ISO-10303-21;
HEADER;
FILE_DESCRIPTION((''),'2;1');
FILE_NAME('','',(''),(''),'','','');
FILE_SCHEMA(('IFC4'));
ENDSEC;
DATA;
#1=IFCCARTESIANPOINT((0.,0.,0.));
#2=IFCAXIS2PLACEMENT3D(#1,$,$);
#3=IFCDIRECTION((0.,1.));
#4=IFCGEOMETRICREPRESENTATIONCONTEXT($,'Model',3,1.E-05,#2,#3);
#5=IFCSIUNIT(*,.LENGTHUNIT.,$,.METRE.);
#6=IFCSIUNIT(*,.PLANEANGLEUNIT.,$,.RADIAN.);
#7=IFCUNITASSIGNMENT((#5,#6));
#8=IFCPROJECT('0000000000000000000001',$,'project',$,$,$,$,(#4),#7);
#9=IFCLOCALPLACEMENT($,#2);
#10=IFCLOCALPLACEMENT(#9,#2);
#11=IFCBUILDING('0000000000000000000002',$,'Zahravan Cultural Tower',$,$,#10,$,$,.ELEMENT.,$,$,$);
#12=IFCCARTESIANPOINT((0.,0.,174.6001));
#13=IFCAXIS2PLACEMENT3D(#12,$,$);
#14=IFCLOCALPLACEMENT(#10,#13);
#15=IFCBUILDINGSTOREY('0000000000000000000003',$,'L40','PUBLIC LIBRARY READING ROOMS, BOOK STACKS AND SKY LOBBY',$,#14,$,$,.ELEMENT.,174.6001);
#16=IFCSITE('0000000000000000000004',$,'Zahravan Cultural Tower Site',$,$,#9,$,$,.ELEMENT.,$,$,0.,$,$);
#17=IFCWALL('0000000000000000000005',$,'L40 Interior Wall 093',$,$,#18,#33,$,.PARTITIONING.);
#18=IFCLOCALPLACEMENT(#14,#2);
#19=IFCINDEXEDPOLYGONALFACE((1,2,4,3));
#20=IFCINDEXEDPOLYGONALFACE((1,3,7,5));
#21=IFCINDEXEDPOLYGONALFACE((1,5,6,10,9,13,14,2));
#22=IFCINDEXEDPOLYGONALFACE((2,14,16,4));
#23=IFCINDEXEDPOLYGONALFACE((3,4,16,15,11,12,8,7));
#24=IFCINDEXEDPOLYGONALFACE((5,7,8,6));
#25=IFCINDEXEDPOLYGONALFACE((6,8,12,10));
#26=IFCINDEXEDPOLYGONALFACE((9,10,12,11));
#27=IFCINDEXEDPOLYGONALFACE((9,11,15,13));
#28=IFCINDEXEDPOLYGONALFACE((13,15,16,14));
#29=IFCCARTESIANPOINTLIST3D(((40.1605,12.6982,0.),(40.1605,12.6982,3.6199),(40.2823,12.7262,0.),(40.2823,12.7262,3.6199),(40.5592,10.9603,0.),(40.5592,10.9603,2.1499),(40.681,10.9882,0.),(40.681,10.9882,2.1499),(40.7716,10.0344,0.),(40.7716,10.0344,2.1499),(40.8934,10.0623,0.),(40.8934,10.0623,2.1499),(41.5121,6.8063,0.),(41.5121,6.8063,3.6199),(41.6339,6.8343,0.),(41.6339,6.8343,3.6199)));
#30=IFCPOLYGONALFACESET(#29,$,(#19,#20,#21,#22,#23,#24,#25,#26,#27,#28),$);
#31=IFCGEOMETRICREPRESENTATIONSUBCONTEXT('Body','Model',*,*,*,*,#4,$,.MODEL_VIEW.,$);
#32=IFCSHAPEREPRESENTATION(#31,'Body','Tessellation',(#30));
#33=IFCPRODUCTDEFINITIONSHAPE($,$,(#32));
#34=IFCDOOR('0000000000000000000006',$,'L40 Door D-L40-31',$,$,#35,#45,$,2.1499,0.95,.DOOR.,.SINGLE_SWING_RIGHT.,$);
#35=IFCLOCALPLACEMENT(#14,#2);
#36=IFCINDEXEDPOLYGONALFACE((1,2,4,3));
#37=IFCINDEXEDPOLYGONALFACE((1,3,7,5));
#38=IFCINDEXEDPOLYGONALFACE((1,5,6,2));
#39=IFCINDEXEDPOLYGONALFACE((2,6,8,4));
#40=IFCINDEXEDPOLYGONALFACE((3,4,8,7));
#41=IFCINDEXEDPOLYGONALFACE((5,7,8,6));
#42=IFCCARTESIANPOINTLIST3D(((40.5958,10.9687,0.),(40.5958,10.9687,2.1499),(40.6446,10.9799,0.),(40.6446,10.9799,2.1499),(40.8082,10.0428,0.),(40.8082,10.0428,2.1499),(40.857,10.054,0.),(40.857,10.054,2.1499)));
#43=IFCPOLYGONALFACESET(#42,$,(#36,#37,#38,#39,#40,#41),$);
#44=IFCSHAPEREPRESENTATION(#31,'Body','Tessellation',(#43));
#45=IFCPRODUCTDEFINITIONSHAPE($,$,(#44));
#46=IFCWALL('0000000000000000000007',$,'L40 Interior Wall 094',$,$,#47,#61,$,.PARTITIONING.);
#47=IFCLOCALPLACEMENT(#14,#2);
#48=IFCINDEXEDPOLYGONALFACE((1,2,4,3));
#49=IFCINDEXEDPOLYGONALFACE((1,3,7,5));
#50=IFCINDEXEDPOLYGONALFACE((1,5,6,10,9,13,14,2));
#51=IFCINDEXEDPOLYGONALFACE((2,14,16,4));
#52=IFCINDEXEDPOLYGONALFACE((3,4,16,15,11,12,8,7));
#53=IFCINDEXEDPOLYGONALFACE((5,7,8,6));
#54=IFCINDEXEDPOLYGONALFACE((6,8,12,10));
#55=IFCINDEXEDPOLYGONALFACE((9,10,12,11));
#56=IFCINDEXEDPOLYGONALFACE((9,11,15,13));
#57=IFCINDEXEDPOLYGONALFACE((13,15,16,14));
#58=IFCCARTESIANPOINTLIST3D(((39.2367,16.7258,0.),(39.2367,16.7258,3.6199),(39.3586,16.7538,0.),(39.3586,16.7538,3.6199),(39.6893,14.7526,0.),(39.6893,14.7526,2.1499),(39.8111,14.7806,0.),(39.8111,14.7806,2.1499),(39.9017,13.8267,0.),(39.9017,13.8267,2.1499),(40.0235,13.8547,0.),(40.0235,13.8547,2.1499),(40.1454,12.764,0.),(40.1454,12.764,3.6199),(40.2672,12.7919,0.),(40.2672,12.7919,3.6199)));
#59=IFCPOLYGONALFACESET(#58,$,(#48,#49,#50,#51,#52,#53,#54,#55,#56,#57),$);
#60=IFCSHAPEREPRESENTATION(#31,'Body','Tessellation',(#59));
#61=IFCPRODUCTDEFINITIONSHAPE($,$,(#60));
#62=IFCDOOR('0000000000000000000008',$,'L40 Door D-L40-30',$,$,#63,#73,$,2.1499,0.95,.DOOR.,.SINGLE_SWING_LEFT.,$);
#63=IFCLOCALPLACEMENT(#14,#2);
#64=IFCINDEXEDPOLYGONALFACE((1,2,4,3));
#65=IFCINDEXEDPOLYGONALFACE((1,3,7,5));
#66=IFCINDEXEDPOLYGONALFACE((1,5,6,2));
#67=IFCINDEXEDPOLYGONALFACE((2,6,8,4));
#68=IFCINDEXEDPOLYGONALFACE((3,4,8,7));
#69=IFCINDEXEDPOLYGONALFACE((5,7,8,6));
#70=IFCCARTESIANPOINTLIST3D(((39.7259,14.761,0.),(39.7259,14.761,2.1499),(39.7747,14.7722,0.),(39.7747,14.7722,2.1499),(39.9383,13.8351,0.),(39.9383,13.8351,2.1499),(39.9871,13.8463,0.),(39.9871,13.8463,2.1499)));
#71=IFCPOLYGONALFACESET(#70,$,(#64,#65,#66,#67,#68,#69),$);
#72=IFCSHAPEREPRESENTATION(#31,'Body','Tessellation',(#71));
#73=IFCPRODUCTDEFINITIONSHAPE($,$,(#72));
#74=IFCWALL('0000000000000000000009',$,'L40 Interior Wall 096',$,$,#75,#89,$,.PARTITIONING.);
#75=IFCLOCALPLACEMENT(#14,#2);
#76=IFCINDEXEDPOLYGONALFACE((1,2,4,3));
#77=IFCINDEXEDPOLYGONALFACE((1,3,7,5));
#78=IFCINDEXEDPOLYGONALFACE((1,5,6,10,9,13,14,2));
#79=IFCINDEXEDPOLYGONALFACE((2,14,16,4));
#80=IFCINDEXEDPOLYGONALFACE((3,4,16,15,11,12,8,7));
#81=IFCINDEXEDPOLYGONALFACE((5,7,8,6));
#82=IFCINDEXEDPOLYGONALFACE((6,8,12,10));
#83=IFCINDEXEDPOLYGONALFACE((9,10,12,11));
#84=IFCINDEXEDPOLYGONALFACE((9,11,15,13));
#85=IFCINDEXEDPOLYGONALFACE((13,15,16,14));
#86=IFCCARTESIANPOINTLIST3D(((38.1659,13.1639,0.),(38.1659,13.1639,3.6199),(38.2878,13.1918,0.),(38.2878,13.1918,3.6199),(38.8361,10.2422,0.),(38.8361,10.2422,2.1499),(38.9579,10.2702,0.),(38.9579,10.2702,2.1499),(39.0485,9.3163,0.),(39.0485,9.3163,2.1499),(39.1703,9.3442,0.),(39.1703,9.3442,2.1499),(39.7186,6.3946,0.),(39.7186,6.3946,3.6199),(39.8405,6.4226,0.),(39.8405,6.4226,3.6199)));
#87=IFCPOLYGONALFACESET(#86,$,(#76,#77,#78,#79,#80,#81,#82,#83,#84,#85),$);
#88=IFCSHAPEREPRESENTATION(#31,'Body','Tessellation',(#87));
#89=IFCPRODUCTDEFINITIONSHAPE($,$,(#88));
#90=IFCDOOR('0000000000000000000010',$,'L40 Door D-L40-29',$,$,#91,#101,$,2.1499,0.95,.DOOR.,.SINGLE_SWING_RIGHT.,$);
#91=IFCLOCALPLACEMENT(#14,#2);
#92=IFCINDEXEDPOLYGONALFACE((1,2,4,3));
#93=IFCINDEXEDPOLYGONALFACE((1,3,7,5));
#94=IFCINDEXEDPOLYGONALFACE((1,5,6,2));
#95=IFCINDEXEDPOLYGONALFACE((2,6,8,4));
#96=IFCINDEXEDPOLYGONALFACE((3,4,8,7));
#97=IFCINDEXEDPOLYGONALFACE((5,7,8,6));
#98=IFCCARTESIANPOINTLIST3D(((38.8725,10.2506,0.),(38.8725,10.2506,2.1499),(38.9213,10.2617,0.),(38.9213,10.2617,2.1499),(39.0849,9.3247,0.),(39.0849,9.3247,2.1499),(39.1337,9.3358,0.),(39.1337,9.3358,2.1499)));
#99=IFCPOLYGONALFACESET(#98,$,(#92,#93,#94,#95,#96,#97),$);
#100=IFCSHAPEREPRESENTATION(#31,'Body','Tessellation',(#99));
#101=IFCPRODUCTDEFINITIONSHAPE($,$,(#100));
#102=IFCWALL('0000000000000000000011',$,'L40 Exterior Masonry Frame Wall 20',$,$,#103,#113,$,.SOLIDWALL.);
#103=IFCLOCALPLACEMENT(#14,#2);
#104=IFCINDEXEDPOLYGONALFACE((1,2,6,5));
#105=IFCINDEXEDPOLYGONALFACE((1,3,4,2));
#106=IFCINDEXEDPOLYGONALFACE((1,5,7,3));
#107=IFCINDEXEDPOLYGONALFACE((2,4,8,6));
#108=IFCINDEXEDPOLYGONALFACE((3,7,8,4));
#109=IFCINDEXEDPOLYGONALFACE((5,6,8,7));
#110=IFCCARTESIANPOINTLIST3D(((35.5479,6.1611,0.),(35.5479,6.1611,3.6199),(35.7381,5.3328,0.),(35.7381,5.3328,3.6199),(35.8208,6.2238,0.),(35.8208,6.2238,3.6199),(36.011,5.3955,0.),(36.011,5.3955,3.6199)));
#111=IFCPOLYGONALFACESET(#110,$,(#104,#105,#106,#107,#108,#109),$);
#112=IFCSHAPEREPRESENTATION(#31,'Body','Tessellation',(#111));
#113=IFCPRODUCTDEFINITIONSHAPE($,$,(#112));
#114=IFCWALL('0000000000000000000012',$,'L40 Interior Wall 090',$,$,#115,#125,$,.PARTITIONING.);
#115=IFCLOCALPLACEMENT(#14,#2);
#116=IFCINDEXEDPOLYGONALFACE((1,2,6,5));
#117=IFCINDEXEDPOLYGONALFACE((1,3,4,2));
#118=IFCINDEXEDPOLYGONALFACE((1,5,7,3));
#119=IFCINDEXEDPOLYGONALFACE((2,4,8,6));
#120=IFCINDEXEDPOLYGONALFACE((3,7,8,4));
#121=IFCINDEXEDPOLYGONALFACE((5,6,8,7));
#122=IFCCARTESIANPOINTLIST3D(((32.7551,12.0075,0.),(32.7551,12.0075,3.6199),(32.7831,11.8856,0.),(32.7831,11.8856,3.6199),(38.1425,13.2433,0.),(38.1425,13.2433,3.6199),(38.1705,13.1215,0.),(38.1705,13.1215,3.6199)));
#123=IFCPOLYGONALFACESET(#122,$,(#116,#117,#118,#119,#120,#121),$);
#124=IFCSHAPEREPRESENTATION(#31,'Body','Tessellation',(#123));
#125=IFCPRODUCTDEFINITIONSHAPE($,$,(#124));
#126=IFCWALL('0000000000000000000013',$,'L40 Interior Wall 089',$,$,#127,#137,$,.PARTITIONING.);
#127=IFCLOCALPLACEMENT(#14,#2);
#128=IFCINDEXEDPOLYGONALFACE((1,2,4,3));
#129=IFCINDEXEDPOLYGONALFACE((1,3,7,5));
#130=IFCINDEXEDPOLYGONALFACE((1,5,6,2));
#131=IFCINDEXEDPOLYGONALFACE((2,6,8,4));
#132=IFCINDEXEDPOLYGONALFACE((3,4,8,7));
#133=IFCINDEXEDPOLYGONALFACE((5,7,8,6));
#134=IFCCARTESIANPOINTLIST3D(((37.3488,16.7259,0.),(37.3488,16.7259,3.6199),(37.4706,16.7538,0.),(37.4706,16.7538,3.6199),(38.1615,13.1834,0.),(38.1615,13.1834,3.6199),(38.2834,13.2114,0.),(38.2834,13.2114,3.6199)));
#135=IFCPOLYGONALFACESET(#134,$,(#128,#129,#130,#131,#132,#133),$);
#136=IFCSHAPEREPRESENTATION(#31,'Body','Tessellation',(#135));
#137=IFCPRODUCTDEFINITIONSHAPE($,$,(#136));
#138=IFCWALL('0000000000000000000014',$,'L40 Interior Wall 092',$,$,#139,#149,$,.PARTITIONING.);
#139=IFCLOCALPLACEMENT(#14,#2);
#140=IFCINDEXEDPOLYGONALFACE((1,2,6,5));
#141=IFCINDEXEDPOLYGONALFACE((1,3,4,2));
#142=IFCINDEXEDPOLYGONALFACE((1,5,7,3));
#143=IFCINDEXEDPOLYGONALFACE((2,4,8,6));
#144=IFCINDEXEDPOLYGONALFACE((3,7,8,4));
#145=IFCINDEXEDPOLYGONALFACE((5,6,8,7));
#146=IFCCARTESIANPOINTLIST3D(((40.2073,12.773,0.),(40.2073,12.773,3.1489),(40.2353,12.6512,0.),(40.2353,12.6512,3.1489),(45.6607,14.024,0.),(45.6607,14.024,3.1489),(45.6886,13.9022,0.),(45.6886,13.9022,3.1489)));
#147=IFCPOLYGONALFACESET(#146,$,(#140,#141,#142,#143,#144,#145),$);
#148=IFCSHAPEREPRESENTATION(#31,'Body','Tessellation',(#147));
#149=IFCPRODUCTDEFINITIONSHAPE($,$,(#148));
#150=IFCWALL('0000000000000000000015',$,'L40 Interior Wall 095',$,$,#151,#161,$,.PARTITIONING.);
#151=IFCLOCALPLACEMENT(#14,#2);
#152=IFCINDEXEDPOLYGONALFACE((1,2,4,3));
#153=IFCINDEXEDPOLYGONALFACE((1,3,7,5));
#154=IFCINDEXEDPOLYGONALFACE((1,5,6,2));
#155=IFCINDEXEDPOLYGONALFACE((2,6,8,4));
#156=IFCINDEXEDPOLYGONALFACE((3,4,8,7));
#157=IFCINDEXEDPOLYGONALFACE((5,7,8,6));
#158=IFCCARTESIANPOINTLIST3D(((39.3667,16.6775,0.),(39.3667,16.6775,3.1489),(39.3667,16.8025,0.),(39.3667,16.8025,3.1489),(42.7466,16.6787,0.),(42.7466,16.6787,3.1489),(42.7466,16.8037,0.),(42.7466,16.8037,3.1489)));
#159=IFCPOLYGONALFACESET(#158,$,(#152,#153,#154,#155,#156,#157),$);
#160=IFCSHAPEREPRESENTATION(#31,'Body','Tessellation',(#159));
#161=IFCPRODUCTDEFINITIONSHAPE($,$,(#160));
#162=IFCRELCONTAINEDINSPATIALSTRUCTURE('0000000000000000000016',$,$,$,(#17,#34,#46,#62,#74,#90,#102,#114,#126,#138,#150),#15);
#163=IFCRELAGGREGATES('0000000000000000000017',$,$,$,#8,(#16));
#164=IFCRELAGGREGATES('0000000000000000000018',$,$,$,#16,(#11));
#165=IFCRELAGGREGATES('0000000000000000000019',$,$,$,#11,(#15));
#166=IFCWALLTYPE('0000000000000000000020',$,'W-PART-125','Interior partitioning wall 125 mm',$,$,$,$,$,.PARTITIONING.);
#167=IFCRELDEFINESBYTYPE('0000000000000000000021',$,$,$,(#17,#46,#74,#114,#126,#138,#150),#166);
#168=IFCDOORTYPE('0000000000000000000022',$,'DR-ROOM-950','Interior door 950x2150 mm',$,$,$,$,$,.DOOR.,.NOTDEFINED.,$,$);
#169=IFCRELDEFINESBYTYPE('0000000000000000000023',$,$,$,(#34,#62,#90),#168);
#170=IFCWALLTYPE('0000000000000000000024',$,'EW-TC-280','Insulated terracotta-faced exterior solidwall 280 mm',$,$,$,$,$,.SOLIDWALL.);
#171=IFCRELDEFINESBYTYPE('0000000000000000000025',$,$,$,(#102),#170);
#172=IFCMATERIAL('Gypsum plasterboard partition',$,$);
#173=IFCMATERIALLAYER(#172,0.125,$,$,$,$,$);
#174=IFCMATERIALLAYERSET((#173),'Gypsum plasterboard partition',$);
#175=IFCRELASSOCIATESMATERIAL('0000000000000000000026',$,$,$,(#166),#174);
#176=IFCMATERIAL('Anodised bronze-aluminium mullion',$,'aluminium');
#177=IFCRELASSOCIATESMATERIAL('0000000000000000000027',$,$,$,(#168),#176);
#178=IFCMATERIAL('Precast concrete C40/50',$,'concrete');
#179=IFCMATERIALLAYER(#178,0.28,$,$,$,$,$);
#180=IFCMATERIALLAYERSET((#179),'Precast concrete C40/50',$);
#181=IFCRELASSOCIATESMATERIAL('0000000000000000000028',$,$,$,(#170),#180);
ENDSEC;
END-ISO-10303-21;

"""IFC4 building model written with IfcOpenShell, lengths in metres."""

from ifc_helpers import new_model, si_unit, direction, frame, frame_2d, origin, place, context, subcontext, project, spatial, rectangle, extrude, source, transform, mapped, material, layer, layer_set, type_object, element, fill, save


model = new_model("IFC4")

# Units and contexts
model_context = context("Model", 3, precision=1e-05, world=origin(), true_north=direction((0.0, 1.0)))
body_context = subcontext(model_context, "Body", "Model", "MODEL_VIEW")
ifc_project = project(units=[si_unit("LENGTHUNIT", "METRE"), si_unit("PLANEANGLEUNIT", "RADIAN")], contexts=[model_context])

# Site, building, storey
site_placement = place(None, origin())
site = spatial("IfcSite", under=ifc_project, at=site_placement, Name="Zahravan Cultural Tower Site", CompositionType="ELEMENT", RefElevation=0.0)
building_placement = place(site_placement, origin())
building = spatial("IfcBuilding", under=site, at=building_placement, Name="Zahravan Cultural Tower", CompositionType="ELEMENT")
storey_placement = place(building_placement, frame((0.0, 0.0, 174.6001)))
storey = spatial("IfcBuildingStorey", under=building, at=storey_placement, Name="L40", Description="PUBLIC LIBRARY READING ROOMS, BOOK STACKS AND SKY LOBBY", CompositionType="ELEMENT", Elevation=174.6001)

# Walls, openings, doors
ifc_material_1 = material(Name="Gypsum plasterboard partition")
ifc_layer_1 = layer(ifc_material_1, 0.125)
ifc_layer_set_1 = layer_set([ifc_layer_1], Name="Gypsum plasterboard partition")
wall_type_1 = type_object("IfcWallType", Name="W-PART-125", Description="Interior partitioning wall 125 mm", PredefinedType="PARTITIONING", material=ifc_layer_set_1)
wall_1_placement = place(storey_placement, frame((41.573, 6.8203, 0.0), z_axis=(0.0, 0.0, 1.0), x_axis=(-0.223588, 0.974684, 0.0)))
wall_1 = element("IfcWall", 1, at=wall_1_placement, inside=storey, type_object=wall_type_1, Name="L40 Interior Wall 093", PredefinedType="PARTITIONING", context=body_context, shape_type="SweptSolid", body=[
    extrude(rectangle(XDim=6.0449, YDim=0.125, at=frame_2d((3.0225, 0.0))), origin(), (0.0, 0.0, 1.0), 3.6199),
])
opening_1_placement = place(wall_1_placement, frame((3.3118, 0.0, 0.0)))
opening_1 = element("IfcOpeningElement", 2, at=opening_1_placement, cuts=wall_1, PredefinedType="OPENING", context=body_context, shape_type="SweptSolid", body=[
    extrude(rectangle(XDim=0.95, YDim=2.1499, at=frame_2d((0.4751, 1.075))), frame((0.0, 0.0725, 0.0), z_axis=(0.0, -1.0, 0.0), x_axis=(1.0, 0.0, 0.0)), (0.0, 0.0, 1.0), 0.145),
])
ifc_material_2 = material(Name="Anodised bronze-aluminium mullion", Category="aluminium")
door_type_1 = type_object("IfcDoorType", Name="DR-ROOM-950", Description="Interior door 950x2150 mm", OperationType="NOTDEFINED", PredefinedType="DOOR", material=ifc_material_2)
shared_shape_1 = source(origin(), body_context, "Body", "SweptSolid", [
    extrude(rectangle(XDim=0.95, YDim=2.1499, at=frame_2d((0.4751, 1.075))), frame((0.0, 0.0249, 0.0), z_axis=(0.0, -1.0, 0.0), x_axis=(1.0, 0.0, 0.0)), (0.0, 0.0, 1.0), 0.05),
])
door_1_placement = place(opening_1_placement, origin())
door_1 = element("IfcDoor", 3, at=door_1_placement, inside=storey, type_object=door_type_1, Name="L40 Door D-L40-31", OperationType="SINGLE_SWING_RIGHT", OverallHeight=2.1499, OverallWidth=0.95, PredefinedType="DOOR", context=body_context, shape_type="MappedRepresentation", body=[
    mapped(shared_shape_1, transform((0.0, 0.0, 0.0), x_axis=(1.0, 0.0, 0.0), y_axis=(0.0, 1.0, 0.0), z_axis=(0.0, 0.0, 1.0), scale=1.0)),
])
fill(opening_1, door_1)
wall_2_placement = place(storey_placement, frame((40.2063, 12.7781, 0.0), z_axis=(0.0, 0.0, 1.0), x_axis=(-0.223552, 0.974692, 0.0)))
wall_2 = element("IfcWall", 4, at=wall_2_placement, inside=storey, type_object=wall_type_1, Name="L40 Interior Wall 094", PredefinedType="PARTITIONING", context=body_context, shape_type="SweptSolid", body=[
    extrude(rectangle(XDim=4.0647, YDim=0.125, at=frame_2d((2.0322, 0.0))), origin(), (0.0, 0.0, 1.0), 3.6199),
])
opening_2_placement = place(wall_2_placement, frame((1.0901, 0.0, 0.0)))
opening_2 = element("IfcOpeningElement", 5, at=opening_2_placement, cuts=wall_2, PredefinedType="OPENING", context=body_context, shape_type="SweptSolid", body=[
    extrude(rectangle(XDim=0.95, YDim=2.1499, at=frame_2d((0.4751, 1.075))), frame((0.0, 0.0725, 0.0), z_axis=(0.0, -1.0, 0.0), x_axis=(1.0, 0.0, 0.0)), (0.0, 0.0, 1.0), 0.145),
])
door_2_placement = place(opening_2_placement, origin())
door_2 = element("IfcDoor", 6, at=door_2_placement, inside=storey, type_object=door_type_1, Name="L40 Door D-L40-30", OperationType="SINGLE_SWING_LEFT", OverallHeight=2.1499, OverallWidth=0.95, PredefinedType="DOOR", context=body_context, shape_type="MappedRepresentation", body=[
    mapped(shared_shape_1, transform((0.0, 0.0, 0.0), x_axis=(1.0, 0.0, 0.0), y_axis=(0.0, 1.0, 0.0), z_axis=(0.0, 0.0, 1.0), scale=1.0)),
])
fill(opening_2, door_2)
wall_3_placement = place(storey_placement, frame((38.2268, 13.178, 0.0), z_axis=(0.0, 0.0, 1.0), x_axis=(0.223573, -0.974687, 0.0)))
wall_3 = element("IfcWall", 7, at=wall_3_placement, inside=storey, type_object=wall_type_1, Name="L40 Interior Wall 096", PredefinedType="PARTITIONING", context=body_context, shape_type="SweptSolid", body=[
    extrude(rectangle(XDim=6.9451, YDim=0.125, at=frame_2d((3.4727, 0.0))), origin(), (0.0, 0.0, 1.0), 3.6199),
])
opening_3_placement = place(wall_3_placement, frame((2.9976, 0.0, 0.0)))
opening_3 = element("IfcOpeningElement", 8, at=opening_3_placement, cuts=wall_3, PredefinedType="OPENING", context=body_context, shape_type="SweptSolid", body=[
    extrude(rectangle(XDim=0.95, YDim=2.1499, at=frame_2d((0.4751, 1.075))), frame((0.0, 0.0725, 0.0), z_axis=(0.0, -1.0, 0.0), x_axis=(1.0, 0.0, 0.0)), (0.0, 0.0, 1.0), 0.145),
])
door_3_placement = place(opening_3_placement, origin())
door_3 = element("IfcDoor", 9, at=door_3_placement, inside=storey, type_object=door_type_1, Name="L40 Door D-L40-29", OperationType="SINGLE_SWING_RIGHT", OverallHeight=2.1499, OverallWidth=0.95, PredefinedType="DOOR", context=body_context, shape_type="MappedRepresentation", body=[
    mapped(shared_shape_1, transform((0.0, 0.0, 0.0), x_axis=(1.0, 0.0, 0.0), y_axis=(0.0, 1.0, 0.0), z_axis=(0.0, 0.0, 1.0), scale=1.0)),
])
fill(opening_3, door_3)

# Walls
ifc_material_3 = material(Name="Precast concrete C40/50", Category="concrete")
ifc_layer_2 = layer(ifc_material_3, 0.28)
ifc_layer_set_2 = layer_set([ifc_layer_2], Name="Precast concrete C40/50")
wall_type_2 = type_object("IfcWallType", Name="EW-TC-280", Description="Insulated terracotta-faced exterior solidwall 280 mm", PredefinedType="SOLIDWALL", material=ifc_layer_set_2)
shared_shape_2 = source(origin(), body_context, "Body", "SweptSolid", [
    extrude(rectangle(XDim=0.8499, YDim=0.28, at=frame_2d((0.4248, 0.0))), origin(), (0.0, 0.0, 1.0), 3.6199),
])
wall_4_placement = place(storey_placement, frame((35.8745, 5.3643, 0.0), z_axis=(0.0, 0.0, 1.0), x_axis=(-0.223768, 0.974642, 0.0)))
element("IfcWall", 10, at=wall_4_placement, inside=storey, type_object=wall_type_2, Name="L40 Exterior Masonry Frame Wall 20", PredefinedType="SOLIDWALL", context=body_context, shape_type="MappedRepresentation", body=[
    mapped(shared_shape_2, transform((0.0, 0.0, 0.0), x_axis=(1.0, 0.0, 0.0), y_axis=(0.0, 1.0, 0.0), z_axis=(0.0, 0.0, 1.0), scale=1.0)),
])
shared_shape_3 = source(origin(), body_context, "Body", "SweptSolid", [
    extrude(rectangle(XDim=5.5273, YDim=0.125, at=frame_2d((2.7637, 0.0))), origin(), (0.0, 0.0, 1.0), 3.6199),
])
wall_5_placement = place(storey_placement, frame((38.1565, 13.1824, 0.0), z_axis=(0.0, 0.0, 1.0), x_axis=(-0.974684, -0.223585, 0.0)))
element("IfcWall", 11, at=wall_5_placement, inside=storey, type_object=wall_type_1, Name="L40 Interior Wall 090", PredefinedType="PARTITIONING", context=body_context, shape_type="MappedRepresentation", body=[
    mapped(shared_shape_3, transform((0.0, 0.0, 0.0), x_axis=(1.0, 0.0, 0.0), y_axis=(0.0, 1.0, 0.0), z_axis=(0.0, 0.0, 1.0), scale=1.0)),
])
shared_shape_4 = source(origin(), body_context, "Body", "SweptSolid", [
    extrude(rectangle(XDim=3.6345, YDim=0.125, at=frame_2d((1.8174, 0.0))), origin(), (0.0, 0.0, 1.0), 3.6199),
])
wall_6_placement = place(storey_placement, frame((37.4097, 16.74, 0.0), z_axis=(0.0, 0.0, 1.0), x_axis=(0.223618, -0.974677, 0.0)))
element("IfcWall", 12, at=wall_6_placement, inside=storey, type_object=wall_type_1, Name="L40 Interior Wall 089", PredefinedType="PARTITIONING", context=body_context, shape_type="MappedRepresentation", body=[
    mapped(shared_shape_4, transform((0.0, 0.0, 0.0), x_axis=(1.0, 0.0, 0.0), y_axis=(0.0, 1.0, 0.0), z_axis=(0.0, 0.0, 1.0), scale=1.0)),
])
shared_shape_5 = source(origin(), body_context, "Body", "SweptSolid", [
    extrude(rectangle(XDim=5.595, YDim=0.125, at=frame_2d((2.7974, 0.0))), origin(), (0.0, 0.0, 1.0), 3.1489),
])
wall_7_placement = place(storey_placement, frame((40.2214, 12.7122, 0.0), z_axis=(0.0, 0.0, 1.0), x_axis=(0.974684, 0.223588, 0.0)))
element("IfcWall", 13, at=wall_7_placement, inside=storey, type_object=wall_type_1, Name="L40 Interior Wall 092", PredefinedType="PARTITIONING", context=body_context, shape_type="MappedRepresentation", body=[
    mapped(shared_shape_5, transform((0.0, 0.0, 0.0), x_axis=(1.0, 0.0, 0.0), y_axis=(0.0, 1.0, 0.0), z_axis=(0.0, 0.0, 1.0), scale=1.0)),
])
shared_shape_6 = source(origin(), body_context, "Body", "SweptSolid", [
    extrude(rectangle(XDim=3.3799, YDim=0.125, at=frame_2d((1.6899, 0.0))), origin(), (0.0, 0.0, 1.0), 3.1489),
])
wall_8_placement = place(storey_placement, frame((39.3667, 16.74, 0.0), z_axis=(0.0, 0.0, 1.0), x_axis=(1.0, 0.000361, 0.0)))
element("IfcWall", 14, at=wall_8_placement, inside=storey, type_object=wall_type_1, Name="L40 Interior Wall 095", PredefinedType="PARTITIONING", context=body_context, shape_type="MappedRepresentation", body=[
    mapped(shared_shape_6, transform((0.0, 0.0, 0.0), x_axis=(1.0, 0.0, 0.0), y_axis=(0.0, 1.0, 0.0), z_axis=(0.0, 0.0, 1.0), scale=1.0)),
])

save(model, "model.ifc")
